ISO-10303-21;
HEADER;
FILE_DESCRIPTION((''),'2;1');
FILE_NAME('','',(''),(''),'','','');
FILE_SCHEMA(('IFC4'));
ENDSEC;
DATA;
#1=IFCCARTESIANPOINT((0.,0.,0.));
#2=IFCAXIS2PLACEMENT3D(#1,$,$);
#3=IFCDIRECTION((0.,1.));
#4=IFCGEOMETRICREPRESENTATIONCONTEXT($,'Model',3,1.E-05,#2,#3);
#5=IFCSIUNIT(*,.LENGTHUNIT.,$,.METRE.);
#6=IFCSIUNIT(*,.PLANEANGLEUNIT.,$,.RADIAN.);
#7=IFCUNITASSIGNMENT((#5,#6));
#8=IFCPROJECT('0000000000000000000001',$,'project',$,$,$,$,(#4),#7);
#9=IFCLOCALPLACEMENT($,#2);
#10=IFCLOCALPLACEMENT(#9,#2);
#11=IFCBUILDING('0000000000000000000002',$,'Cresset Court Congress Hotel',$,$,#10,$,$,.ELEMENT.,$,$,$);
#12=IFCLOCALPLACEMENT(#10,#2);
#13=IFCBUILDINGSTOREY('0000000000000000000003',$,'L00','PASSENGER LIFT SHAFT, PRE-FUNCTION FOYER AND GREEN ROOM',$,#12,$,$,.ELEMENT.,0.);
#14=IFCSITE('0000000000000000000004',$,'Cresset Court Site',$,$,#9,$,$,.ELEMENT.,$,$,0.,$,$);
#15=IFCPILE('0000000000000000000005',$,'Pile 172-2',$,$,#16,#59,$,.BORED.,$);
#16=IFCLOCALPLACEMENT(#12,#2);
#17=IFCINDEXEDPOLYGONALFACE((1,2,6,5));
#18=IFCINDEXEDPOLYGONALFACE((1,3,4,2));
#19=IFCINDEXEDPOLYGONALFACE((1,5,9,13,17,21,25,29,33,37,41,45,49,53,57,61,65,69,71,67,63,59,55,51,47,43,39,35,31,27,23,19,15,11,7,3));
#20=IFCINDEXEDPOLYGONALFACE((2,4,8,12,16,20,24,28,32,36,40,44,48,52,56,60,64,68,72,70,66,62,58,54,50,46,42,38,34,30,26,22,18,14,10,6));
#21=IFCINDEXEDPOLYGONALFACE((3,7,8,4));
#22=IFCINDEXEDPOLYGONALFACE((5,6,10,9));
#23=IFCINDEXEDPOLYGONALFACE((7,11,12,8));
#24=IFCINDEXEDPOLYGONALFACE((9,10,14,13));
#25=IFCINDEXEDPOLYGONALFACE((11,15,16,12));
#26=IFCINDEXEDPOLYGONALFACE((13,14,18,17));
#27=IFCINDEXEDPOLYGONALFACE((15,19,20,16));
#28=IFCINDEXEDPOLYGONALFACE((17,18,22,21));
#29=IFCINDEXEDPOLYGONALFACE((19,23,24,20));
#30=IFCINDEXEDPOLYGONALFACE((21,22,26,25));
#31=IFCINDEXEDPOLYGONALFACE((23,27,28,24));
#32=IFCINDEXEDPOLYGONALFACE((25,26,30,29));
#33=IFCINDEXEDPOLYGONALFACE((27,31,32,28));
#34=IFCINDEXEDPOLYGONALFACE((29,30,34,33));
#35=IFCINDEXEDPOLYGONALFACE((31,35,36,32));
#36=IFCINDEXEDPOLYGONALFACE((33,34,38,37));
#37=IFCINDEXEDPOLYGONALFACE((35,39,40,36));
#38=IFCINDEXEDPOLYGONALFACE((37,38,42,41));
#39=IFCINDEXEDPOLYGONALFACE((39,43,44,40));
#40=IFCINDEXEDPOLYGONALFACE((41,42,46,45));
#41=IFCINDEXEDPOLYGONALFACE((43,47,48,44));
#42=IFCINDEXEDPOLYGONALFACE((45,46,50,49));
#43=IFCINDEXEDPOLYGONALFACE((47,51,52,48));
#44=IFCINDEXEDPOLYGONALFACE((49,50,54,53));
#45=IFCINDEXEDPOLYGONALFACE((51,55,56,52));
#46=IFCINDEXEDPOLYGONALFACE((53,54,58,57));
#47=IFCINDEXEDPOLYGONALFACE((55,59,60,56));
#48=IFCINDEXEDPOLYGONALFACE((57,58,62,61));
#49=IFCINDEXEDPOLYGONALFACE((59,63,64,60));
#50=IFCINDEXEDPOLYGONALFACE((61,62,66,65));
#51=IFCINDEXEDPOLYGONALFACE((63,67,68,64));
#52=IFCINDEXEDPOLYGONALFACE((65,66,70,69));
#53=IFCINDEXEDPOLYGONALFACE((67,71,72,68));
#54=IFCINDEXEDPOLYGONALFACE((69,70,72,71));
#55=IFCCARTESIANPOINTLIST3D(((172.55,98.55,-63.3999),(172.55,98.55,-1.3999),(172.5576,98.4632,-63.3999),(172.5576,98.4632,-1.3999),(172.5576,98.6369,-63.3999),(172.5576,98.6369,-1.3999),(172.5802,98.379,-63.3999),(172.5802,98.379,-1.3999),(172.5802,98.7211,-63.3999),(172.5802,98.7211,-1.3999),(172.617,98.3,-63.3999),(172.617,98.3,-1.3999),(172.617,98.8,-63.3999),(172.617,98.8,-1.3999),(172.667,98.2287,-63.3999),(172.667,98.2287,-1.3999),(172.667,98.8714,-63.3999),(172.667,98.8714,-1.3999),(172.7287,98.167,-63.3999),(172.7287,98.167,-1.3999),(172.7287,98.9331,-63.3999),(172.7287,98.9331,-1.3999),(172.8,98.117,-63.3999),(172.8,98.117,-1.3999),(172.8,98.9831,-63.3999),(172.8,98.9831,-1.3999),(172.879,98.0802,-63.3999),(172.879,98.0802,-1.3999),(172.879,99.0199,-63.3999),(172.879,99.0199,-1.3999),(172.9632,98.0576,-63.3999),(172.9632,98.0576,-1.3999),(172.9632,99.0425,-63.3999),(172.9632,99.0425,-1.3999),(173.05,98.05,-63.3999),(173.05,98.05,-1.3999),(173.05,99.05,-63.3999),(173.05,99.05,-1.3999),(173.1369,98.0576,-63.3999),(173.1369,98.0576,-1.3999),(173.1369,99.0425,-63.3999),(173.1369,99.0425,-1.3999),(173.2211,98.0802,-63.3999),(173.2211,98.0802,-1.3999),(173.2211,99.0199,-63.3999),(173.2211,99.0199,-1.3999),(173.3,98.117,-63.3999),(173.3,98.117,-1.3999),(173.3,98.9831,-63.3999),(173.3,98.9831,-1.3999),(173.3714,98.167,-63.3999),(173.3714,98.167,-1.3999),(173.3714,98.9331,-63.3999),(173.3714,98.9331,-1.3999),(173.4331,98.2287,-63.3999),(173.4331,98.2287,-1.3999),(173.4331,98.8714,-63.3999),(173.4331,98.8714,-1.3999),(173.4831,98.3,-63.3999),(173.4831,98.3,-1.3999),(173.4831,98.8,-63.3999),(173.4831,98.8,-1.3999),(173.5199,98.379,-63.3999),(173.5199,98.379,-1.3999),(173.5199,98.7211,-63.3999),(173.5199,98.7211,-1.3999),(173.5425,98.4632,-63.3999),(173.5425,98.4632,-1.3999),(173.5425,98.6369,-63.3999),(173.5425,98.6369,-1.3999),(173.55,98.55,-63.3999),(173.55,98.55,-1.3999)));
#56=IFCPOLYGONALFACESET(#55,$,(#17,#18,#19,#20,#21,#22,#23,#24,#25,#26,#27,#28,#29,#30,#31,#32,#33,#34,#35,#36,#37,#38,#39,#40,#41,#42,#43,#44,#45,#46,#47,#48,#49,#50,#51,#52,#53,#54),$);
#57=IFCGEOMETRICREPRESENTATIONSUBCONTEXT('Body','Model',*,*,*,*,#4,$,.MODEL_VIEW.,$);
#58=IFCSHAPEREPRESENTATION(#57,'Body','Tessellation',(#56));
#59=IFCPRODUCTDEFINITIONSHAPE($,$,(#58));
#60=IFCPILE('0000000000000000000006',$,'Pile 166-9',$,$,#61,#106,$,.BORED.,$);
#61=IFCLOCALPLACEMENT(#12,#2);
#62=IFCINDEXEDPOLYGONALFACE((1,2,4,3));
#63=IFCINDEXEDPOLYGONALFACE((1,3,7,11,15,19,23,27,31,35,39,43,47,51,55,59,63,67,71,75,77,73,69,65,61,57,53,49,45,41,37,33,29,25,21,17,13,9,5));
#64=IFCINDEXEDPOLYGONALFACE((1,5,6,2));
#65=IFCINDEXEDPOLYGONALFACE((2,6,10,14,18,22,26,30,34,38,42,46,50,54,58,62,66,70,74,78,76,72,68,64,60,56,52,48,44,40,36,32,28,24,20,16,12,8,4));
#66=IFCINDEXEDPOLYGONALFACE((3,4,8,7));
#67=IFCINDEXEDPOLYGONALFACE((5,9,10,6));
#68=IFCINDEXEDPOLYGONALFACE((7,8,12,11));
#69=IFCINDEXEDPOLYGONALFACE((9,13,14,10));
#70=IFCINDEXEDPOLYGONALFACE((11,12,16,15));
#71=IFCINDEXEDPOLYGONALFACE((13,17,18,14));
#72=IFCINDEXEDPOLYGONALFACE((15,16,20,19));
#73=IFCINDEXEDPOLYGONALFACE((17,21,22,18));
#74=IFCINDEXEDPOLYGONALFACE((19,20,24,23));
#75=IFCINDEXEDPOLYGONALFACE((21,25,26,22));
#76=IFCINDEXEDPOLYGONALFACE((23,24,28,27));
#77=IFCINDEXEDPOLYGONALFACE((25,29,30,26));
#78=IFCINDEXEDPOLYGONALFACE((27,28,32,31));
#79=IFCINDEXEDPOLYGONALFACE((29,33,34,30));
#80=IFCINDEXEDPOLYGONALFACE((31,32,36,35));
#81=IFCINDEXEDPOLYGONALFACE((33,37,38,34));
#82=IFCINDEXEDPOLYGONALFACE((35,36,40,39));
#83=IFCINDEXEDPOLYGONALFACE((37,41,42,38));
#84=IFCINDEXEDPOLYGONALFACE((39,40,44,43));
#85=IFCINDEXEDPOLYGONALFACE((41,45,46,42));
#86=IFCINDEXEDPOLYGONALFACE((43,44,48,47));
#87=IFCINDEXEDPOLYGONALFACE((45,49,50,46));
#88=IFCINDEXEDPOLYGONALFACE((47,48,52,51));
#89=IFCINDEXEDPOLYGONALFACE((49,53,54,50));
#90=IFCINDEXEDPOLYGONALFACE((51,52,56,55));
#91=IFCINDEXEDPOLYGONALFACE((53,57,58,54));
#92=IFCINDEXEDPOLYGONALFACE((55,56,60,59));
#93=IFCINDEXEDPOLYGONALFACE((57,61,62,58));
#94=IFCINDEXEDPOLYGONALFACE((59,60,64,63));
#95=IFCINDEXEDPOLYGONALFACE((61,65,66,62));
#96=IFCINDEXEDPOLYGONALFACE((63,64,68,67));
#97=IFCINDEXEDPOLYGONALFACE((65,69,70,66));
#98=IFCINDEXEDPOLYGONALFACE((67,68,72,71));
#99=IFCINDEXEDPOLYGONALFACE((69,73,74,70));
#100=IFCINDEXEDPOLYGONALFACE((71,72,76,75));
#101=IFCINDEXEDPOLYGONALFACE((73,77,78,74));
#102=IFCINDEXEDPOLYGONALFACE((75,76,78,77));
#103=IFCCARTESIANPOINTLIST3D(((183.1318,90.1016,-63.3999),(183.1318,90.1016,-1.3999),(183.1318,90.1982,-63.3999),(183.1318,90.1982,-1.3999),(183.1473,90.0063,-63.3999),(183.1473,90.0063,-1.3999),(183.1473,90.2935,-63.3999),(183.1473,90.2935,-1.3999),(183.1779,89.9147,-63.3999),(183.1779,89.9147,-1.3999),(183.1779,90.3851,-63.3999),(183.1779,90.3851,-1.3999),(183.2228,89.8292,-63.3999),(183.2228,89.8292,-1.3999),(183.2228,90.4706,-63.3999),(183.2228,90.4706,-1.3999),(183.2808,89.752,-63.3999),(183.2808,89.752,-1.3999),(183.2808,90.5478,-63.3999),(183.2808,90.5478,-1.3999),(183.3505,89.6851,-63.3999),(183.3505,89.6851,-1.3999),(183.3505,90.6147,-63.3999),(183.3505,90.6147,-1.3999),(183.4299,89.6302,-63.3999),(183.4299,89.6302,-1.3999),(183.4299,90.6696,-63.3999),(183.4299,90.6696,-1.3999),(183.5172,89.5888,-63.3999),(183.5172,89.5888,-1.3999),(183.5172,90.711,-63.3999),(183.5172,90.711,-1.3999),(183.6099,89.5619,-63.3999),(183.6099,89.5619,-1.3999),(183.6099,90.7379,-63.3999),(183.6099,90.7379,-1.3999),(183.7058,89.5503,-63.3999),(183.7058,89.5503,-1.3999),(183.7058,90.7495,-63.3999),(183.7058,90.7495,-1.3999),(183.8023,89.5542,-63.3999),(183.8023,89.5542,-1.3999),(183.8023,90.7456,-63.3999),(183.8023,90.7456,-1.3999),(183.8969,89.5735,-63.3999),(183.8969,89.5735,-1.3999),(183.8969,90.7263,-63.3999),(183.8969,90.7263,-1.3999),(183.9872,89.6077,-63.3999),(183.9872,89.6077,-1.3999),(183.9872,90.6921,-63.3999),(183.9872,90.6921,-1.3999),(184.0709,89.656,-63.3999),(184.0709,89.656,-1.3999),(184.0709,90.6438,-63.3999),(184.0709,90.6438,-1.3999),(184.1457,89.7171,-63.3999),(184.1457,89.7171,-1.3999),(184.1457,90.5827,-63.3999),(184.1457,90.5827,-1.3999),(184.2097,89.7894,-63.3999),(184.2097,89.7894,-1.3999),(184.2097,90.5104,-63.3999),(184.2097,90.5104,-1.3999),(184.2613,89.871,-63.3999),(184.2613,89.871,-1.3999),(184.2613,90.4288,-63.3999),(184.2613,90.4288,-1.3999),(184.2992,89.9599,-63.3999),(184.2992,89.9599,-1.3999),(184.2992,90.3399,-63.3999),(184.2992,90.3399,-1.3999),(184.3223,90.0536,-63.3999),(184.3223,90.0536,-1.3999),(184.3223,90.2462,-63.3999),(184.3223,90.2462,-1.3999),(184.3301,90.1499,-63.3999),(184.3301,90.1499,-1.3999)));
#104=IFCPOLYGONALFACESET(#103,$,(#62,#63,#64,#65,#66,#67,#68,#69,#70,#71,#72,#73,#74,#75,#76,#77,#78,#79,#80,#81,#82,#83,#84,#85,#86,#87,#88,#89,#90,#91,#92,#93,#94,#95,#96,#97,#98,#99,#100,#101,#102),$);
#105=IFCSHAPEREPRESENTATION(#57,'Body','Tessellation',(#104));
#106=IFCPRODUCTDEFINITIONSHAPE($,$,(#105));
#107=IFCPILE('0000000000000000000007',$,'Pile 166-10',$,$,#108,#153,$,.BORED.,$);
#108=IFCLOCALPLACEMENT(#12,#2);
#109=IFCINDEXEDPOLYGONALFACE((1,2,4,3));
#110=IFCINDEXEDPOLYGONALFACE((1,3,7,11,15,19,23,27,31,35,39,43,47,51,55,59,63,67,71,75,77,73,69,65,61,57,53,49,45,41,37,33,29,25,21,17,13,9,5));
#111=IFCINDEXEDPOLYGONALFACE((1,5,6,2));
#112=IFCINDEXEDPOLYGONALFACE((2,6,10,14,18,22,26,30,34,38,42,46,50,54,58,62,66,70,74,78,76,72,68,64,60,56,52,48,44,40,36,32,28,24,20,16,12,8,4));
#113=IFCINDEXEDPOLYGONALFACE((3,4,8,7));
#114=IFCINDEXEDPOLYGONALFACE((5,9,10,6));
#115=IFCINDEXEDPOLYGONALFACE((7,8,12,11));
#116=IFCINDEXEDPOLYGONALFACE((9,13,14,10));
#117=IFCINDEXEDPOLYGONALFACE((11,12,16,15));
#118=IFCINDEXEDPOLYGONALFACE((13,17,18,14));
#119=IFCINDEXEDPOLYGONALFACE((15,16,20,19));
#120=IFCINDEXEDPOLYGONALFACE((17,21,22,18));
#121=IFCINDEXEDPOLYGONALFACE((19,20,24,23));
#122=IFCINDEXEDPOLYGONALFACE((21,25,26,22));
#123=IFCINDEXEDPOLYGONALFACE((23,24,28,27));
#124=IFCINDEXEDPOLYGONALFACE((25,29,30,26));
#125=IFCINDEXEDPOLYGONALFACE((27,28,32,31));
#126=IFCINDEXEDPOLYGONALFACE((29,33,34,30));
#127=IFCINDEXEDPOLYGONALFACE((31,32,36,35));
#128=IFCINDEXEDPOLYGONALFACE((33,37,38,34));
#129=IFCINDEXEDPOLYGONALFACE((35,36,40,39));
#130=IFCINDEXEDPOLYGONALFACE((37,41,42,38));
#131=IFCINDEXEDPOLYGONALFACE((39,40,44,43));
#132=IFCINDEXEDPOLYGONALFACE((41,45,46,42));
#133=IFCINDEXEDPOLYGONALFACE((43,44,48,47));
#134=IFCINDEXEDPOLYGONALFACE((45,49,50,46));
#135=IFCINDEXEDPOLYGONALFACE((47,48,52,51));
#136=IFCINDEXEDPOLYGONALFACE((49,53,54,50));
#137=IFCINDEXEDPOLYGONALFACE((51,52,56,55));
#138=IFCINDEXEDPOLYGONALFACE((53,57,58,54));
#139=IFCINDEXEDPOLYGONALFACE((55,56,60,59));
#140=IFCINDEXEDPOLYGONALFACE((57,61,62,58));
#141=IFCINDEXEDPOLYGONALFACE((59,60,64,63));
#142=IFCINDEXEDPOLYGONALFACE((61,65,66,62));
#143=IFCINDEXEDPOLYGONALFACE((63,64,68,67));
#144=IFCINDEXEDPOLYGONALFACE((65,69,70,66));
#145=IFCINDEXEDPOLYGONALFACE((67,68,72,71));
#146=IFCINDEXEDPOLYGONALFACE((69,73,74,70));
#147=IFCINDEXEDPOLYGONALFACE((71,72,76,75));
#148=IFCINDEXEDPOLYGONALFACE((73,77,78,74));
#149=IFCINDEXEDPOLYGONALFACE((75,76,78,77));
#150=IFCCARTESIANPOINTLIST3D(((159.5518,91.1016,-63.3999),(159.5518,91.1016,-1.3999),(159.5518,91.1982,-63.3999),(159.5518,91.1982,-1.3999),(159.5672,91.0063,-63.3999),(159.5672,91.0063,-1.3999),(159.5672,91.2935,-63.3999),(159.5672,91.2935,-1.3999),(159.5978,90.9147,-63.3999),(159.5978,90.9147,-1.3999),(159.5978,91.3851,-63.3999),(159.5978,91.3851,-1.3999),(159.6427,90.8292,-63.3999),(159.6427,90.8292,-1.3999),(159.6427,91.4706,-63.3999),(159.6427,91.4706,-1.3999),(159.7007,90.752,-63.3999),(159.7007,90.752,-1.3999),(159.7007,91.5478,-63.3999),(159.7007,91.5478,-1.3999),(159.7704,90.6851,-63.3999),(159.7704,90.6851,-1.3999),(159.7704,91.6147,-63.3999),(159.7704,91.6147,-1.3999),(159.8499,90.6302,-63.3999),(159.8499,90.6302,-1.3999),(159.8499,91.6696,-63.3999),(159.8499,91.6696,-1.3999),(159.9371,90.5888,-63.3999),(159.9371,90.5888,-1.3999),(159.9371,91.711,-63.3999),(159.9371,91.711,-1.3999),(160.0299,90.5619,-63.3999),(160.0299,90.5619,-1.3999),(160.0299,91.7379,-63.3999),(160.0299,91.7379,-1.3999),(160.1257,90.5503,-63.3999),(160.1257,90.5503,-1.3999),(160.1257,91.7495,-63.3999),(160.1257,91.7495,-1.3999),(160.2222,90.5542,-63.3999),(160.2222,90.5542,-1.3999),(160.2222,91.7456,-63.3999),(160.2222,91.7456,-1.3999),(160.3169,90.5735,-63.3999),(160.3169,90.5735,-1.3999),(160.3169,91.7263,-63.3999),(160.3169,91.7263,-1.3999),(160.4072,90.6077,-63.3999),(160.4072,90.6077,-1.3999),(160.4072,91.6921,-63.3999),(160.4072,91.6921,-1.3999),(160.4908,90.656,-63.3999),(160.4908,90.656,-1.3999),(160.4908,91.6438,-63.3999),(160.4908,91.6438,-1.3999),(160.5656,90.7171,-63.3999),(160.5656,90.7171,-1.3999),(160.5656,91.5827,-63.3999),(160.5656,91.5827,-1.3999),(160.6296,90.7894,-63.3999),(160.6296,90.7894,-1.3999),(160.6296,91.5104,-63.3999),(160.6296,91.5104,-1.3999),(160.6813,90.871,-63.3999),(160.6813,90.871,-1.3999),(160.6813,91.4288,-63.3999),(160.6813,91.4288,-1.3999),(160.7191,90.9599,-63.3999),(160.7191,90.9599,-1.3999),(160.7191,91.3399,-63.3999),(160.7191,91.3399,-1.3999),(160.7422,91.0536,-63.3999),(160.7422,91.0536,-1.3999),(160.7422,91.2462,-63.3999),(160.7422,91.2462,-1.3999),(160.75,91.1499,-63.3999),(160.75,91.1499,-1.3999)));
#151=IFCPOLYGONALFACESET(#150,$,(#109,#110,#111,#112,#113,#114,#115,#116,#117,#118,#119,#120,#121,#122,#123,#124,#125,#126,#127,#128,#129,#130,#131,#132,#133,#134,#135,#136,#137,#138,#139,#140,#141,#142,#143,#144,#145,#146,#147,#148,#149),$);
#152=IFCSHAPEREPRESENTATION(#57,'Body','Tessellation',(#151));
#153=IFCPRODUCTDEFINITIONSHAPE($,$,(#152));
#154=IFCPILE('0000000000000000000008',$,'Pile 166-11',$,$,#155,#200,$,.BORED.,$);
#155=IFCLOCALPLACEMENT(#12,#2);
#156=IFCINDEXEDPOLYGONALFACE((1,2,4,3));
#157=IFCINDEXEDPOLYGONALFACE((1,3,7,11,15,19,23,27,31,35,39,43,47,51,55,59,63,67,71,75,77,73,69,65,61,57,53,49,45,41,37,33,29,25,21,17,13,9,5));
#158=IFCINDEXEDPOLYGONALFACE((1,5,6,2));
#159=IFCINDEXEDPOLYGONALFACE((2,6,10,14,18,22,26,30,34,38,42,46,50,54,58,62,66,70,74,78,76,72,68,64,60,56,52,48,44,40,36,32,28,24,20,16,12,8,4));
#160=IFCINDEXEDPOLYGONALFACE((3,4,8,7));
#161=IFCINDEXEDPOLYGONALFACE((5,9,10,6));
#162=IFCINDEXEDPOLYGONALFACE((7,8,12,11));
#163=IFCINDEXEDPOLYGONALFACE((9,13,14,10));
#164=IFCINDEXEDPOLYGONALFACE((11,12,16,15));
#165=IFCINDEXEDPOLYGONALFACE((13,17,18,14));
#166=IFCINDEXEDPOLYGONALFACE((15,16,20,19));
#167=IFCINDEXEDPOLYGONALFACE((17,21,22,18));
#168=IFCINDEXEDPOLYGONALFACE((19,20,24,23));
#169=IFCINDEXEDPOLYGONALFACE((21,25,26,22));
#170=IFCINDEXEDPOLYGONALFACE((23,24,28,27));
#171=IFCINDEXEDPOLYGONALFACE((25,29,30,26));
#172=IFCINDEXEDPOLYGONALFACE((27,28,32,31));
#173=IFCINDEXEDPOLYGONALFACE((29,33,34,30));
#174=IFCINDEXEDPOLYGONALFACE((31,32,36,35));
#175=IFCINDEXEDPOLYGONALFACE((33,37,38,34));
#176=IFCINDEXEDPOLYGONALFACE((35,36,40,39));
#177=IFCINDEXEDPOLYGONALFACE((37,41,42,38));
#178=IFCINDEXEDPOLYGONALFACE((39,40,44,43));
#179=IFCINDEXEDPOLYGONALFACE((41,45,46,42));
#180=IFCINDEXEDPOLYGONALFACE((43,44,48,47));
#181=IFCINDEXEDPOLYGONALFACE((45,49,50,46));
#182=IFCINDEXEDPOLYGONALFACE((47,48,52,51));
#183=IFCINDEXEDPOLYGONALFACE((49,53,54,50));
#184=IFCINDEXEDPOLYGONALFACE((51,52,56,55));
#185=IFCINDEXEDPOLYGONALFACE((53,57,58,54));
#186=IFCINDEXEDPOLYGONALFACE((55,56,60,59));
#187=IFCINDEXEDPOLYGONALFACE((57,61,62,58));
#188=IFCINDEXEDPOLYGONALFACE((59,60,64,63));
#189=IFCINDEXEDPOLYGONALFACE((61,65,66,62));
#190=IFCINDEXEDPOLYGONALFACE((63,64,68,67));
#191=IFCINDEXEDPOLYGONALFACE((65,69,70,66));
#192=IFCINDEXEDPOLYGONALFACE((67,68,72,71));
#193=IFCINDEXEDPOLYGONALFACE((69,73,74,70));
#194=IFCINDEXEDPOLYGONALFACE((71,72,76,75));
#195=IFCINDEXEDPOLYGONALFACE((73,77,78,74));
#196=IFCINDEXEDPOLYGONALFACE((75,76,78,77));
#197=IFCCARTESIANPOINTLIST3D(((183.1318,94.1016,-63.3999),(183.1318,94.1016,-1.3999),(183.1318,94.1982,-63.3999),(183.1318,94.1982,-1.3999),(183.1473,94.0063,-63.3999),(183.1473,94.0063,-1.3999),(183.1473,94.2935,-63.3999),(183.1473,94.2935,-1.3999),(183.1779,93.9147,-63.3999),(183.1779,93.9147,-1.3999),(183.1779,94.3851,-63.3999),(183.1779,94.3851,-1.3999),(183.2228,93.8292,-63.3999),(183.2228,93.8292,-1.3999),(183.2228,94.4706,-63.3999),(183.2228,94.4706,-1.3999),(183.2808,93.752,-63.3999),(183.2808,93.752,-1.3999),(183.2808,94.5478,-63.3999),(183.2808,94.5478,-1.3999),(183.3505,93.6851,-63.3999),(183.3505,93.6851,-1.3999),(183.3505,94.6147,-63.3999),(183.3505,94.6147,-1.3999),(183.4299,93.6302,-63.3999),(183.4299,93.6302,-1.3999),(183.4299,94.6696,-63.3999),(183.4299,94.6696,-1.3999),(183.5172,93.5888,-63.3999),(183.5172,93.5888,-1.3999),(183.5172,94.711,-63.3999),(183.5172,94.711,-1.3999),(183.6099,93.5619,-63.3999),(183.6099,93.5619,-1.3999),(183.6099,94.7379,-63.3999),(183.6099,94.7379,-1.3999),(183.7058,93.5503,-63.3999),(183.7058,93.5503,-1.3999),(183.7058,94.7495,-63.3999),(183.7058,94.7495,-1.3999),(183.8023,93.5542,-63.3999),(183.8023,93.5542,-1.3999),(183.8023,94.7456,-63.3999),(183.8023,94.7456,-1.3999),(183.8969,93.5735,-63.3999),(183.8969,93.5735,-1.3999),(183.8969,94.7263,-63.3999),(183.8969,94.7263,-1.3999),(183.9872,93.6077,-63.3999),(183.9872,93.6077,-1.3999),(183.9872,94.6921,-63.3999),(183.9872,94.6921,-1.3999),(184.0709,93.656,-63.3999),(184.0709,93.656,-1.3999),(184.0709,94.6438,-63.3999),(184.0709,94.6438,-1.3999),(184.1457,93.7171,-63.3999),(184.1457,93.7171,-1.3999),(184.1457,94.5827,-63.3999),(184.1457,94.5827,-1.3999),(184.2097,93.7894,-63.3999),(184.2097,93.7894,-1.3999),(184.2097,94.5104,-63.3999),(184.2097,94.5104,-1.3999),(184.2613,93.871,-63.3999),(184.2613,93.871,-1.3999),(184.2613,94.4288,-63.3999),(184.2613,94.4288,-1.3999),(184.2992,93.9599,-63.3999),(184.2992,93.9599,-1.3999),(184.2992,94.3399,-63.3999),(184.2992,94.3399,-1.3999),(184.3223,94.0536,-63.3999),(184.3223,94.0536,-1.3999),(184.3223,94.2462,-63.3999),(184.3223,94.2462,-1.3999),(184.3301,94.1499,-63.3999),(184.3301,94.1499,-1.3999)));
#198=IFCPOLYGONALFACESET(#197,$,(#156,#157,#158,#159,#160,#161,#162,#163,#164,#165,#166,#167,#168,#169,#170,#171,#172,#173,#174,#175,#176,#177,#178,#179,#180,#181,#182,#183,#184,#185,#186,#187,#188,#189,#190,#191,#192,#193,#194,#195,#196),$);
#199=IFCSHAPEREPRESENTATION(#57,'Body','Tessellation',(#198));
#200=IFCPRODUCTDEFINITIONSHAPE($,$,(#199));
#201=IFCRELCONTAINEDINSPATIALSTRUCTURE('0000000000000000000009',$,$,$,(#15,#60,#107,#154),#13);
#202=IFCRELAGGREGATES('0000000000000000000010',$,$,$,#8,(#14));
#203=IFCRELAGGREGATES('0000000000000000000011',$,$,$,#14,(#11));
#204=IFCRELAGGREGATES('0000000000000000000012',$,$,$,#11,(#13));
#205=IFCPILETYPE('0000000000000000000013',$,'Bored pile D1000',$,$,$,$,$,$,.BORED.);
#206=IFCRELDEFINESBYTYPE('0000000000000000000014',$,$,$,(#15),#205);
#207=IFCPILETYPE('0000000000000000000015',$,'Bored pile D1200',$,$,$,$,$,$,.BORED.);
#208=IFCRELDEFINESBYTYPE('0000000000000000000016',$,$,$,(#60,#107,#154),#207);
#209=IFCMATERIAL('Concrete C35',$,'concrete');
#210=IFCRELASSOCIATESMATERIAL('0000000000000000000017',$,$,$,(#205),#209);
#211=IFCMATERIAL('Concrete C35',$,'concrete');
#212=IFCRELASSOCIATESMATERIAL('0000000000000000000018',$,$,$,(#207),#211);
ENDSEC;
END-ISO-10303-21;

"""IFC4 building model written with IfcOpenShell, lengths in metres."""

from ifc_helpers import new_model, si_unit, direction, frame, origin, origin_2d, place, context, subcontext, project, spatial, circle, extrude, material, type_object, element, save


model = new_model("IFC4")

# Units and contexts
model_context = context("Model", 3, precision=1e-05, world=origin(), true_north=direction((0.0, 1.0)))
body_context = subcontext(model_context, "Body", "Model", "MODEL_VIEW")
ifc_project = project(units=[si_unit("LENGTHUNIT", "METRE"), si_unit("PLANEANGLEUNIT", "RADIAN")], contexts=[model_context])

# Site, building, storey
site_placement = place(None, origin())
site = spatial("IfcSite", under=ifc_project, at=site_placement, Name="Cresset Court Site", CompositionType="ELEMENT", RefElevation=0.0)
building_placement = place(site_placement, origin())
building = spatial("IfcBuilding", under=site, at=building_placement, Name="Cresset Court Congress Hotel", CompositionType="ELEMENT")
storey_placement = place(building_placement, origin())
storey = spatial("IfcBuildingStorey", under=building, at=storey_placement, Name="L00", Description="PASSENGER LIFT SHAFT, PRE-FUNCTION FOYER AND GREEN ROOM", CompositionType="ELEMENT", Elevation=0.0)

# Piles
ifc_material_1 = material(Name="Concrete C35", Category="concrete")
pile_type_1 = type_object("IfcPileType", Name="Bored pile D1000", PredefinedType="BORED", material=ifc_material_1)
for number, where, z_axis, x_axis, name in (
    (1, (173.05, 98.55, -1.3999), (0.0, 0.0, -1.0), (1.0, 0.0, 0.0), "Pile 172-2"),
):
    element("IfcPile", number, at=place(storey_placement, frame(where, z_axis=z_axis, x_axis=x_axis)), inside=storey, type_object=pile_type_1, Name=name, PredefinedType="BORED", context=body_context, shape_type="SweptSolid", body=[
        extrude(circle(Radius=0.5, at=origin_2d()), origin(), (0.0, 0.0, 1.0), 62.0),
    ])
ifc_material_2 = material(Name="Concrete C35", Category="concrete")
pile_type_2 = type_object("IfcPileType", Name="Bored pile D1200", PredefinedType="BORED", material=ifc_material_2)
for number, where, z_axis, x_axis, name in (
    (2, (183.73, 90.1499, -1.3999), (0.0, 0.0, -1.0), (1.0, 0.0, 0.0), "Pile 166-9"),
    (3, (160.1499, 91.1499, -1.3999), (0.0, 0.0, -1.0), (1.0, 0.0, 0.0), "Pile 166-10"),
    (4, (183.73, 94.1499, -1.3999), (0.0, 0.0, -1.0), (1.0, 0.0, 0.0), "Pile 166-11"),
):
    element("IfcPile", number, at=place(storey_placement, frame(where, z_axis=z_axis, x_axis=x_axis)), inside=storey, type_object=pile_type_2, Name=name, PredefinedType="BORED", context=body_context, shape_type="SweptSolid", body=[
        extrude(circle(Radius=0.6001, at=origin_2d()), origin(), (0.0, 0.0, 1.0), 62.0),
    ])

save(model, "model.ifc")
